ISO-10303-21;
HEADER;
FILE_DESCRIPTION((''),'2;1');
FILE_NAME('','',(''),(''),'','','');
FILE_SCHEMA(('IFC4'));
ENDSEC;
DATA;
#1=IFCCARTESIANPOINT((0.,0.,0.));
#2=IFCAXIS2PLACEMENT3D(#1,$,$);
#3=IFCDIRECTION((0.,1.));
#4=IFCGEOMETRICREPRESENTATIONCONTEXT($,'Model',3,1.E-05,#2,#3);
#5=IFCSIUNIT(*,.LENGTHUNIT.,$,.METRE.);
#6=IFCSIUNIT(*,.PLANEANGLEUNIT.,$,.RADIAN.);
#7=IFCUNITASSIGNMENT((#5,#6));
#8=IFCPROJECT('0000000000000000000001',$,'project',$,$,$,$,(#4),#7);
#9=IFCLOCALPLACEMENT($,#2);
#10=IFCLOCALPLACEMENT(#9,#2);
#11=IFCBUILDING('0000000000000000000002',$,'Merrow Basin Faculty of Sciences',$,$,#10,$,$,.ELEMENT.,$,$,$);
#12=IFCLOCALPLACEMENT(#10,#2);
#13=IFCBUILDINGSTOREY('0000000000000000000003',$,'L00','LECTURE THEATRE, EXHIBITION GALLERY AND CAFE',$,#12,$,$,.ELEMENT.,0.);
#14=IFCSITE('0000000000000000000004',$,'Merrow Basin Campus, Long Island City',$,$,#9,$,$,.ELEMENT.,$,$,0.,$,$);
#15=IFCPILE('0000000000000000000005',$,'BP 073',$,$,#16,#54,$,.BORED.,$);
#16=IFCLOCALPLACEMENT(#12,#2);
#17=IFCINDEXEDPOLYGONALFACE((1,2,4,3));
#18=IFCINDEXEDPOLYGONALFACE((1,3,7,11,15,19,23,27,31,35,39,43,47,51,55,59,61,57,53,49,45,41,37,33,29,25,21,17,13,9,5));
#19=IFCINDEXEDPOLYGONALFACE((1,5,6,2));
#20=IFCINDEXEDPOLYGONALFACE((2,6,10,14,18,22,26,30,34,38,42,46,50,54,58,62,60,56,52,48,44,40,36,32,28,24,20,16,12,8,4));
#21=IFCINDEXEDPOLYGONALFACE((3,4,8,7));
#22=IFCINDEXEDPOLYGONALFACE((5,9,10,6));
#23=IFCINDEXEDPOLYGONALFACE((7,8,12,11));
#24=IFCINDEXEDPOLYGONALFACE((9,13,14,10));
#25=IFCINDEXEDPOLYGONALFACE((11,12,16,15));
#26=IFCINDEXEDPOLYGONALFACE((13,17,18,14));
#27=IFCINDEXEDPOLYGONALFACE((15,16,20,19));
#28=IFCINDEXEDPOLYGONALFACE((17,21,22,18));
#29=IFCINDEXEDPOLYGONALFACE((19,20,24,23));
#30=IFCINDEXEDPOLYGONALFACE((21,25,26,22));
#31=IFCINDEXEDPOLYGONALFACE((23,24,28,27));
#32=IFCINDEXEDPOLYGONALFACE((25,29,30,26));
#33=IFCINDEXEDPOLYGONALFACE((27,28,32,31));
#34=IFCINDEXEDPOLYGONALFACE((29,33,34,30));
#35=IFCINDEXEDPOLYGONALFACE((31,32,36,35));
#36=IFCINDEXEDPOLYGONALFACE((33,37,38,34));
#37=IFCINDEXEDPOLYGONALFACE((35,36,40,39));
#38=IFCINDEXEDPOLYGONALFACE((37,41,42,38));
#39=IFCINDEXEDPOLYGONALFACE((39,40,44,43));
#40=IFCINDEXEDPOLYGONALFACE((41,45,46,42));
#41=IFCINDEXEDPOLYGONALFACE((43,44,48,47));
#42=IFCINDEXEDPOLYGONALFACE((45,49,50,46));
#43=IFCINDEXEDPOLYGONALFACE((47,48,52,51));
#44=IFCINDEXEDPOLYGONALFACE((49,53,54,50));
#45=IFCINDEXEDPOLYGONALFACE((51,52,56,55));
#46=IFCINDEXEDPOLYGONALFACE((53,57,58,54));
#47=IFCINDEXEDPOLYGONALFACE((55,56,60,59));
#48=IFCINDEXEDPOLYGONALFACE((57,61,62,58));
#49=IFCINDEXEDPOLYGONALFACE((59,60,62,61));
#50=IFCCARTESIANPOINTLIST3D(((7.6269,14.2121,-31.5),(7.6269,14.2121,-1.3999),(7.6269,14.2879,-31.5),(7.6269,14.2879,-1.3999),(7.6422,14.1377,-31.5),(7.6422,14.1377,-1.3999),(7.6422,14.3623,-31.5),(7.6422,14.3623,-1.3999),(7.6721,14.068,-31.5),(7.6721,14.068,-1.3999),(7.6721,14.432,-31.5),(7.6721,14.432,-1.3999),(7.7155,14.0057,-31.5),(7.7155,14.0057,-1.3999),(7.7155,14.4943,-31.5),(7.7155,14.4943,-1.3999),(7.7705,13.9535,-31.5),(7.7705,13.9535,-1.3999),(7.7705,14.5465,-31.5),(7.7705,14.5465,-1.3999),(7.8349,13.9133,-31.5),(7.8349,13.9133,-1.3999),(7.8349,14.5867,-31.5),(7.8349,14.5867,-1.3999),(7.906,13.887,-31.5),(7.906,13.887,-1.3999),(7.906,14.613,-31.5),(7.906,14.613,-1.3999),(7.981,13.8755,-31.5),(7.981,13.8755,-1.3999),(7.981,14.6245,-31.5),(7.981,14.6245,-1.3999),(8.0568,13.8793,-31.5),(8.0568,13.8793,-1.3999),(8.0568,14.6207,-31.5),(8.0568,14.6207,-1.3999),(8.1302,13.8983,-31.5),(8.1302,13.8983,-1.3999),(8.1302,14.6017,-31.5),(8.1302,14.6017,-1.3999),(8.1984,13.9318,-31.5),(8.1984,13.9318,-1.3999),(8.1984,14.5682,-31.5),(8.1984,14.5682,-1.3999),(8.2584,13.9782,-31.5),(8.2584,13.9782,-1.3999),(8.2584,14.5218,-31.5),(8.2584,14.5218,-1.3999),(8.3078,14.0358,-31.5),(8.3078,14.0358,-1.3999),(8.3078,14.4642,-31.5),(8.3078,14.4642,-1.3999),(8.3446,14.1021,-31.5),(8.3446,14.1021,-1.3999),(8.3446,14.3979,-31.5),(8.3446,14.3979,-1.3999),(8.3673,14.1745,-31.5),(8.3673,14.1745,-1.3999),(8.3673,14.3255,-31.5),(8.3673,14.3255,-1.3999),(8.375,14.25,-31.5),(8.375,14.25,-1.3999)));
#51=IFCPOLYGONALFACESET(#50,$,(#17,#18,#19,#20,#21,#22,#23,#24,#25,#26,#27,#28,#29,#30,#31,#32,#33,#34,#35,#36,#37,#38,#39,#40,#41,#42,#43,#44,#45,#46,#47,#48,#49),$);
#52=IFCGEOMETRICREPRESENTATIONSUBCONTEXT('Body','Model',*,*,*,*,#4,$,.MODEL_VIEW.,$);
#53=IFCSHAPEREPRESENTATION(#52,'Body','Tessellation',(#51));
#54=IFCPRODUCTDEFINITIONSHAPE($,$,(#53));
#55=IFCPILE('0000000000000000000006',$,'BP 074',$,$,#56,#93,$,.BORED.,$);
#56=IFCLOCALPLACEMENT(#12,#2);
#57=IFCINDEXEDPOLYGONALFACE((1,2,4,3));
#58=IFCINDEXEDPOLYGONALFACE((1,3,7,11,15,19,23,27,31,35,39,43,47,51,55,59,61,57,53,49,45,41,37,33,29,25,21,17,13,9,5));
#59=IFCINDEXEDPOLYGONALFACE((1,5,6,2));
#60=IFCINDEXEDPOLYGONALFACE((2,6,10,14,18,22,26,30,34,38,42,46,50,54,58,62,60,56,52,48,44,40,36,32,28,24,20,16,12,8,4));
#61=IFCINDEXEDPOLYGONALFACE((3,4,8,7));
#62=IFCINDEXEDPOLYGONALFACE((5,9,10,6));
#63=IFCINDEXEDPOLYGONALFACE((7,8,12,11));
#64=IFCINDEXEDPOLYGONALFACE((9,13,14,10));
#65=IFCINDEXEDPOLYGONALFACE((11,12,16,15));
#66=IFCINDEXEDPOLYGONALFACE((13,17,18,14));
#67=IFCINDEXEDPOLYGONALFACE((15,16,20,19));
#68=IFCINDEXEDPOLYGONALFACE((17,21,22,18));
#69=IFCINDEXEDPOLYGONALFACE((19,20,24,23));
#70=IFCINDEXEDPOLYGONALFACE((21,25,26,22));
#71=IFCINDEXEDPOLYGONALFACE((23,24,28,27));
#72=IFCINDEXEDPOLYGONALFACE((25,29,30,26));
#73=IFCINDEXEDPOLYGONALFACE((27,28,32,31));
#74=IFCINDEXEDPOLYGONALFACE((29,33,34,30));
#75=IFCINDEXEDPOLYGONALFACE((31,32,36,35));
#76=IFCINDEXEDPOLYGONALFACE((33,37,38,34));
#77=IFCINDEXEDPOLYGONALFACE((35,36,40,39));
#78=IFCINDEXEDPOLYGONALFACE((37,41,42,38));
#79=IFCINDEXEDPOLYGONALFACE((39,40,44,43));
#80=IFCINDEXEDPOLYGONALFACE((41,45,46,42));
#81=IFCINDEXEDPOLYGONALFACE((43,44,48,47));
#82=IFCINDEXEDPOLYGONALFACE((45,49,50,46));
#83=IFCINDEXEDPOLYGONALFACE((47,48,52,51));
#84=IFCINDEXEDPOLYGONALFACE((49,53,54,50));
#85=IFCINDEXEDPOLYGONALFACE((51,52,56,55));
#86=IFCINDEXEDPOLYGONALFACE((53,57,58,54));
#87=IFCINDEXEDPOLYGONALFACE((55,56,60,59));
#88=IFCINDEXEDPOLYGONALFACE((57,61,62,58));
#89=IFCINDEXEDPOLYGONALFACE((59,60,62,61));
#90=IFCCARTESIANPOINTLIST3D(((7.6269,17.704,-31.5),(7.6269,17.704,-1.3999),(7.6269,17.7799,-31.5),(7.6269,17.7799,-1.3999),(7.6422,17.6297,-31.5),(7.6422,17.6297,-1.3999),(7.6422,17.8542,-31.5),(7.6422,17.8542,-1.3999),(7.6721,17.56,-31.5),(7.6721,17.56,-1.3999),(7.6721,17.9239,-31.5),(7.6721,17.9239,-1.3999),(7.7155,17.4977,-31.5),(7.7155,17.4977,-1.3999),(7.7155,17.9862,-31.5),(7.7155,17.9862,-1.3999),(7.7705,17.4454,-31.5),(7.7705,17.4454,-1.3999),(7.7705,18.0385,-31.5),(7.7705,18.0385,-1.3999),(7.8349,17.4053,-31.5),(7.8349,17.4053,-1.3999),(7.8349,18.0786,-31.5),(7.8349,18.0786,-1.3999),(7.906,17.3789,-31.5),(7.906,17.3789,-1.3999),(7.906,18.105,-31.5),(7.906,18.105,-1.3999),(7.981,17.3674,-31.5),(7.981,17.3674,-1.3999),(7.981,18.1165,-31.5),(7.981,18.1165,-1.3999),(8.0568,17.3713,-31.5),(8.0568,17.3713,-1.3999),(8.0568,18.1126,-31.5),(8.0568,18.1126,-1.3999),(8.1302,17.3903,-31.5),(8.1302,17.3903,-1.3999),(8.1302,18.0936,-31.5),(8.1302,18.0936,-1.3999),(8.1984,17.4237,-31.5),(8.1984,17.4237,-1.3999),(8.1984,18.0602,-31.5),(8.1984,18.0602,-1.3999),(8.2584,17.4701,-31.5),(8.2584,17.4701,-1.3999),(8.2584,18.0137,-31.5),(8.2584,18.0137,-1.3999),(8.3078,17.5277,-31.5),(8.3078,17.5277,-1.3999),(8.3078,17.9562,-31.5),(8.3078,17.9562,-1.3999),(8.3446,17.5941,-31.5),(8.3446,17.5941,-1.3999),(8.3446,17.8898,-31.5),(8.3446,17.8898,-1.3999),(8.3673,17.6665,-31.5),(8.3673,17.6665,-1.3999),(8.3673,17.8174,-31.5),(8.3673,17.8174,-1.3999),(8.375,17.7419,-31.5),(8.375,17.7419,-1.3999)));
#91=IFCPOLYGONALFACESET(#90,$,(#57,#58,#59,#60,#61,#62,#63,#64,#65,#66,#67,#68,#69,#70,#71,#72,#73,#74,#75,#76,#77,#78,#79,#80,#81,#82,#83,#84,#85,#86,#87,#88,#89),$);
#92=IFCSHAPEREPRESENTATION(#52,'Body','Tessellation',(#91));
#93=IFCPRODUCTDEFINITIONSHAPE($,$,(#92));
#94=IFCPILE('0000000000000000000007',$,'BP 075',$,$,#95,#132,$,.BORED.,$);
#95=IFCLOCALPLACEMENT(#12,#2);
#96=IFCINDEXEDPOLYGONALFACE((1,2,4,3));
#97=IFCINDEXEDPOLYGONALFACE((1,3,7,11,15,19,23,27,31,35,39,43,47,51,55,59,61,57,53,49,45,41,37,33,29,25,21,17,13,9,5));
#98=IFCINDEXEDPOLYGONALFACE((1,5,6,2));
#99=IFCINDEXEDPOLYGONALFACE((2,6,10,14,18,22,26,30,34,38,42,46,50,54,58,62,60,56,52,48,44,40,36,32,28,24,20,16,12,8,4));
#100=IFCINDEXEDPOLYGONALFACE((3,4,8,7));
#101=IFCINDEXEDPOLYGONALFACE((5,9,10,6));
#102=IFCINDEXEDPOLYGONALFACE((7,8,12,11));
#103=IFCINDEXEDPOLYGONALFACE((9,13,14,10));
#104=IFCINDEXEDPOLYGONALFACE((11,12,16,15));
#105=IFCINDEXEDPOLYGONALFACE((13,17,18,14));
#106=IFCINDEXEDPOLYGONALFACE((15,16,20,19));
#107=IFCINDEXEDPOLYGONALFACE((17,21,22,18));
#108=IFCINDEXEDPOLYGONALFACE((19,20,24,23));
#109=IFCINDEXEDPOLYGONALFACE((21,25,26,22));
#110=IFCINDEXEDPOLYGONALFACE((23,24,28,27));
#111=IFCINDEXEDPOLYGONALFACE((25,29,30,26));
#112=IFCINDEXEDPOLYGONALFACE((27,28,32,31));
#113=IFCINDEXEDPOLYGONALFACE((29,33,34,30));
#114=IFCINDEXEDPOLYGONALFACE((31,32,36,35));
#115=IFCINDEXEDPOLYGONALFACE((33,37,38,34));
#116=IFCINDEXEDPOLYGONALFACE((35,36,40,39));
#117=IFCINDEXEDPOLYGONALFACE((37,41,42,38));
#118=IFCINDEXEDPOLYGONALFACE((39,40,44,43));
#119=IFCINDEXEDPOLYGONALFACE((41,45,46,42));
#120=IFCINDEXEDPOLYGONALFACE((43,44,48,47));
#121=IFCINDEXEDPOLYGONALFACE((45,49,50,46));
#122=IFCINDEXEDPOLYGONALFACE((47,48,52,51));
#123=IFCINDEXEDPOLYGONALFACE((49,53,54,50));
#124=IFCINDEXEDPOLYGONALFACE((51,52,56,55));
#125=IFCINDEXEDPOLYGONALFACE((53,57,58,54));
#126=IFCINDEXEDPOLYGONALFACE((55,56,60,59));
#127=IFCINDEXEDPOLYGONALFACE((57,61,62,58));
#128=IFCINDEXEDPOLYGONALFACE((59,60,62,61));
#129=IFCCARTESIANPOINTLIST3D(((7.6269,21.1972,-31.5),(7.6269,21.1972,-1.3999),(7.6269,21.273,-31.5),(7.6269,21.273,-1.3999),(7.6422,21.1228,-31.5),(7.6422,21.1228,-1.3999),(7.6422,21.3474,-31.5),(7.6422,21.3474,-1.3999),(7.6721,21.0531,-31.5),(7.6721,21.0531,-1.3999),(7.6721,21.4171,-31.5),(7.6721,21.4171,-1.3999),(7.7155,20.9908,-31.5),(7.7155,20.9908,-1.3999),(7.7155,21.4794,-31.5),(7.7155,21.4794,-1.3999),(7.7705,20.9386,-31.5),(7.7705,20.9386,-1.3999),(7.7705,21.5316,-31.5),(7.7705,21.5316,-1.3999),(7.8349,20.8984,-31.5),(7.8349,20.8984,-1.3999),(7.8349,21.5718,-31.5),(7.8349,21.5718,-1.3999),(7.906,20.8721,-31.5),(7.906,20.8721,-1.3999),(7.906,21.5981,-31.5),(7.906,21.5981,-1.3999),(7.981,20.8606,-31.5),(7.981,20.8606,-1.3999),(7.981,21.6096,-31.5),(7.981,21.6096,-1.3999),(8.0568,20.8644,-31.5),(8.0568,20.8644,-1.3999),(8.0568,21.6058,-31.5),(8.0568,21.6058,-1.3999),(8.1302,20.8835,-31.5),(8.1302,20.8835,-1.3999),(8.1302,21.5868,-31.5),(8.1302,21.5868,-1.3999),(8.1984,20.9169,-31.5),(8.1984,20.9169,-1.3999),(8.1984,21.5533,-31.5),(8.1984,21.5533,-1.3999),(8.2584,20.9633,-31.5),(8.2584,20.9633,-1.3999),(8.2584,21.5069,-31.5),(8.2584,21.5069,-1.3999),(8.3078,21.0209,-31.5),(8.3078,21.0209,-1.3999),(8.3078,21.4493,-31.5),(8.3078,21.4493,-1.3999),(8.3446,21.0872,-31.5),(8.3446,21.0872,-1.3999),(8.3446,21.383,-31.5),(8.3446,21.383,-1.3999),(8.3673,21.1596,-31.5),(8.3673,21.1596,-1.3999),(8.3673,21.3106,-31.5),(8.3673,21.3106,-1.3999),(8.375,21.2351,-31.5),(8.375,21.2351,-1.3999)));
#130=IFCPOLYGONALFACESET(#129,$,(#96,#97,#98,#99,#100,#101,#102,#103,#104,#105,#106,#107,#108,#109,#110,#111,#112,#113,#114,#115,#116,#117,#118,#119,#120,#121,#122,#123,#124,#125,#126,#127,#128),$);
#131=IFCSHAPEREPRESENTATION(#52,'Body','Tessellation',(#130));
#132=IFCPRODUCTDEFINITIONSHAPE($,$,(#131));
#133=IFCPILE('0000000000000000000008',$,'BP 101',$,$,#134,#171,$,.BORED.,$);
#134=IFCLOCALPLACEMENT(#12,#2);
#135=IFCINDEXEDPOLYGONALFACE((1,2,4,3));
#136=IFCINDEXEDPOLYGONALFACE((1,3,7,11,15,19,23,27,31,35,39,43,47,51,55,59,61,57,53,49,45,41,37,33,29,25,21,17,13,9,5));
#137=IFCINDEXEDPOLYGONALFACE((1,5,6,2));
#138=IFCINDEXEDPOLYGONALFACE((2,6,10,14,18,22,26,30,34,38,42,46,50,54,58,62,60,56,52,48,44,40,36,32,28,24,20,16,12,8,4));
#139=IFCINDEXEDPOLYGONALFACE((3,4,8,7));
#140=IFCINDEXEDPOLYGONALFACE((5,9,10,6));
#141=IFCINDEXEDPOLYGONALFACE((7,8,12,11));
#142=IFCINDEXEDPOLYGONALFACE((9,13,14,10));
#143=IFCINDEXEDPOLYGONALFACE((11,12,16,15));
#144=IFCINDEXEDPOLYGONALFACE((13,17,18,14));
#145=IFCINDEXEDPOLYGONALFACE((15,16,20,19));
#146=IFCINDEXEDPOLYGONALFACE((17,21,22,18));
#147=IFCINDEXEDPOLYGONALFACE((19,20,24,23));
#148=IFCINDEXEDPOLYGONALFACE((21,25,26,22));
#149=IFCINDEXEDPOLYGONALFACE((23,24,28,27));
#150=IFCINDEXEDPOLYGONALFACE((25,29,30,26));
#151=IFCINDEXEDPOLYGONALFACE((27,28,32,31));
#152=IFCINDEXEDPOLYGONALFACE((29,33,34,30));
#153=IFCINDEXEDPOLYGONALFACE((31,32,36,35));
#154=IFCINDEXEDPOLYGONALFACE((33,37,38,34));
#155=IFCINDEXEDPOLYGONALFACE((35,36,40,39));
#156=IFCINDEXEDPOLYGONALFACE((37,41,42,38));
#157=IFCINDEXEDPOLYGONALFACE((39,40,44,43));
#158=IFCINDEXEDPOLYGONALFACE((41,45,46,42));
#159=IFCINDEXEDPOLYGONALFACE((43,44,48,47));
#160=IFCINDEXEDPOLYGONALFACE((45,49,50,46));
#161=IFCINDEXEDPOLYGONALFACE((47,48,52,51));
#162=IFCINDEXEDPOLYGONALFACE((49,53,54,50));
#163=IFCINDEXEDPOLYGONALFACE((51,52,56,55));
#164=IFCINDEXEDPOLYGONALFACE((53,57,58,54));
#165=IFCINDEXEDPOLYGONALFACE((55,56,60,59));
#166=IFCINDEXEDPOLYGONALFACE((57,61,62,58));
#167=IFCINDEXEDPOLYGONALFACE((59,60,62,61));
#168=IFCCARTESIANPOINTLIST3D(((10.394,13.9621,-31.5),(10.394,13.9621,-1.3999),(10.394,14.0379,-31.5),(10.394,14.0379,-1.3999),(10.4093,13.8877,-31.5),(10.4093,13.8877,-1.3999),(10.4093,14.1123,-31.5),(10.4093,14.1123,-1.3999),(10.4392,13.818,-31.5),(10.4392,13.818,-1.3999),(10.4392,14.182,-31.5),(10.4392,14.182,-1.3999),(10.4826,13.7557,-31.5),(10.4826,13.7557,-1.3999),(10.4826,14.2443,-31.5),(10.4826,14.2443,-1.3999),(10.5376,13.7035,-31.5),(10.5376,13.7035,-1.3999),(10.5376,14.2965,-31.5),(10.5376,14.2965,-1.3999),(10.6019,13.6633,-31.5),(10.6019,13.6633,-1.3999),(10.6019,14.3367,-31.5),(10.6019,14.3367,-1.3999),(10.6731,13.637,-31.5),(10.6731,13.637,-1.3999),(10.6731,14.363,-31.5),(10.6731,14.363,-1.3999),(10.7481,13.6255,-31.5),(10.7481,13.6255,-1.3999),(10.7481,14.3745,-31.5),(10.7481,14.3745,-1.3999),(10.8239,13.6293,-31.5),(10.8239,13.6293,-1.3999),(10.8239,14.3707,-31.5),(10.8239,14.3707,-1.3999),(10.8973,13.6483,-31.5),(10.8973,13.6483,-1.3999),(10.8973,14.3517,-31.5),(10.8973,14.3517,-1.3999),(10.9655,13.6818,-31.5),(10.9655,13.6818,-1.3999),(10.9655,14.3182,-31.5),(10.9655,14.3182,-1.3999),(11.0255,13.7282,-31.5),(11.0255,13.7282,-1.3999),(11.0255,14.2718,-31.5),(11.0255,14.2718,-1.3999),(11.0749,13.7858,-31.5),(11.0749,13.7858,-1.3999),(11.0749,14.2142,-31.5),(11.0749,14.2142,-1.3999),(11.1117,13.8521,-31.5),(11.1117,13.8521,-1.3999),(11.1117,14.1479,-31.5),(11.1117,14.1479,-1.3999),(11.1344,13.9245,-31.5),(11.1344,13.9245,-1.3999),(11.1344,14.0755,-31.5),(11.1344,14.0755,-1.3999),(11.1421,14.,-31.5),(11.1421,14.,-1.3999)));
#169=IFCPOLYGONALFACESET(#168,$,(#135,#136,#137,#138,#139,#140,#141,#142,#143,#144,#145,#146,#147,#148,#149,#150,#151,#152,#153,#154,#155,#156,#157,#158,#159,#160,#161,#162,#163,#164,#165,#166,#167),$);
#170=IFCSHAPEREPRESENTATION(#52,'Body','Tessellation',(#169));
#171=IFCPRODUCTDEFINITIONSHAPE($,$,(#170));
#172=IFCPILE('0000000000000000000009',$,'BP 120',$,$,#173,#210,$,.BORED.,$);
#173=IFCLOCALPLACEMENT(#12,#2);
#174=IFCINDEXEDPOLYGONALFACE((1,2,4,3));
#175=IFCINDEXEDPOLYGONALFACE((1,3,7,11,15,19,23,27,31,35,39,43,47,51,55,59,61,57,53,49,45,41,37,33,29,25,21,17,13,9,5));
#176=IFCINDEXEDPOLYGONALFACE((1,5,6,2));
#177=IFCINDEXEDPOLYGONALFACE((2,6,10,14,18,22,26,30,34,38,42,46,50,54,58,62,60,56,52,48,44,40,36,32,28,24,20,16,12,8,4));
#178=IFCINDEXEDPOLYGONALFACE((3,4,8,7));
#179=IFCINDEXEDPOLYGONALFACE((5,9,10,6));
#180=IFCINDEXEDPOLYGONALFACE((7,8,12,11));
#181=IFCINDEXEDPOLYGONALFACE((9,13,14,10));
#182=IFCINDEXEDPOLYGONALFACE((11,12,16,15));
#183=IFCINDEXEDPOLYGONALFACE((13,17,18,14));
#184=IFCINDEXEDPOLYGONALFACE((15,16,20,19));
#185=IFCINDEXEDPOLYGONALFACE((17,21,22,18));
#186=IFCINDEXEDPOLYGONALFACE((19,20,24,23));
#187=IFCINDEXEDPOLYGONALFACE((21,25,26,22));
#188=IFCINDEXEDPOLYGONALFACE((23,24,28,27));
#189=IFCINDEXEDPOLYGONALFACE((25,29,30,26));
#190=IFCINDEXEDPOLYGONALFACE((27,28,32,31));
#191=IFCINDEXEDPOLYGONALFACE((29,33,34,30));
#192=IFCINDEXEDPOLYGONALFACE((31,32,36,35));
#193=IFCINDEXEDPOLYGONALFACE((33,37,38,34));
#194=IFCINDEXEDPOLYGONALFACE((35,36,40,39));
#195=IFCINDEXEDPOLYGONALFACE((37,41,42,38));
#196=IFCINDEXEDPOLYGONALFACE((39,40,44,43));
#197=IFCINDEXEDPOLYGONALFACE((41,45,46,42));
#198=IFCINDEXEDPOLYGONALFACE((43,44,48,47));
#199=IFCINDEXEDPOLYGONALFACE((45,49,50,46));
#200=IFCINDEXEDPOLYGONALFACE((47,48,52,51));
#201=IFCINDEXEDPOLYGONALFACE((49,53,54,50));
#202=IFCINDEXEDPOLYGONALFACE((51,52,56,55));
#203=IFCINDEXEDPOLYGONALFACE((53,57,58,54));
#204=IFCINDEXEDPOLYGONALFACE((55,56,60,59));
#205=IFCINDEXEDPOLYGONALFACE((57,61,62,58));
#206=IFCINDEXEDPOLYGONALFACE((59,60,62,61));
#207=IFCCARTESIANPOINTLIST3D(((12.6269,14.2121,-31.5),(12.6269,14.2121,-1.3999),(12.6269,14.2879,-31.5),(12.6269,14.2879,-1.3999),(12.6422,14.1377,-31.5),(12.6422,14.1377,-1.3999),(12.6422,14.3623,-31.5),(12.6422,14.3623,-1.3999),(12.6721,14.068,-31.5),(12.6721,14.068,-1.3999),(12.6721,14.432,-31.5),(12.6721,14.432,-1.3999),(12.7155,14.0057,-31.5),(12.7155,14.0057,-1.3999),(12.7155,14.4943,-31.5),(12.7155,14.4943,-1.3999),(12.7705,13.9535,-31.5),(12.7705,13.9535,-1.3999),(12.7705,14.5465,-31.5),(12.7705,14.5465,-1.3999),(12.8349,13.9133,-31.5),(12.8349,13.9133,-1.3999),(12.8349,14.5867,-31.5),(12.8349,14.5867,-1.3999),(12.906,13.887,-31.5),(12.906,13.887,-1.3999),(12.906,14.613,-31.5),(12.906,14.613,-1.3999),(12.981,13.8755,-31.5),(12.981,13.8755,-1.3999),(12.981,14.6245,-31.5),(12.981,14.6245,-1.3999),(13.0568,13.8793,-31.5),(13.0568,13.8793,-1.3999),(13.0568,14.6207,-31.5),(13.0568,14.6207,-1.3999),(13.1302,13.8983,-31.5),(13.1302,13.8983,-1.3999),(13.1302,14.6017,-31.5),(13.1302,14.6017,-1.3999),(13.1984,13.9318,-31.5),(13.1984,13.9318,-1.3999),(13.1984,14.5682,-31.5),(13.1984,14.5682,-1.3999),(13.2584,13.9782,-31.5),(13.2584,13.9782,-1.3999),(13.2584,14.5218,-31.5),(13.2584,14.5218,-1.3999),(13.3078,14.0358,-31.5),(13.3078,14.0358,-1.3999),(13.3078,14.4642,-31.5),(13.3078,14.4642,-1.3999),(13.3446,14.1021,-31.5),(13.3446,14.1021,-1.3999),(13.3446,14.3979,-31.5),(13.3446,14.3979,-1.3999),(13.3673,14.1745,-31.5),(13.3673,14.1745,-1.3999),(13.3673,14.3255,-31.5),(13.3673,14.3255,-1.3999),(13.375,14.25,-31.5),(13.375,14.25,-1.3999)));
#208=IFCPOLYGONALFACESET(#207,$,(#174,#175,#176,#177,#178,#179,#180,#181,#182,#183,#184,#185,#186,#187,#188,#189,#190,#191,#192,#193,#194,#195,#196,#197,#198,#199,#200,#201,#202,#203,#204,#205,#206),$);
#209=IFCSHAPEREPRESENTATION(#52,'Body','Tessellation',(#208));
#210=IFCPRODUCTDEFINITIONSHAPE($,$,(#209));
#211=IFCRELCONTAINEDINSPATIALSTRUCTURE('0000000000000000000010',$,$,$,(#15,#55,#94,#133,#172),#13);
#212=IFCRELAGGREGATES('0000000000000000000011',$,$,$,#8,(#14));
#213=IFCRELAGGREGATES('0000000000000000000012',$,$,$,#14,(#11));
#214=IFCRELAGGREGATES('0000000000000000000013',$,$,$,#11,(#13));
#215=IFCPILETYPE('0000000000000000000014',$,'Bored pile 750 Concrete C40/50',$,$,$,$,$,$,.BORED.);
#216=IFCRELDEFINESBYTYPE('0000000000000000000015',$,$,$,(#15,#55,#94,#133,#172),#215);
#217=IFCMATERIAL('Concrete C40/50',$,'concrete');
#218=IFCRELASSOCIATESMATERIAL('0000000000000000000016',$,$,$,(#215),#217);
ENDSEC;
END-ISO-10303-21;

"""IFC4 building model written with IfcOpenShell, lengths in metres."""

from ifc_helpers import new_model, si_unit, direction, frame, origin, origin_2d, place, context, subcontext, project, spatial, circle, extrude, material, material_profile, profile_set, type_object, element, save


model = new_model("IFC4")

# Units and contexts
model_context = context("Model", 3, precision=1e-05, world=origin(), true_north=direction((0.0, 1.0)))
body_context = subcontext(model_context, "Body", "Model", "MODEL_VIEW")
ifc_project = project(units=[si_unit("LENGTHUNIT", "METRE"), si_unit("PLANEANGLEUNIT", "RADIAN")], contexts=[model_context])

# Site, building, storey
site_placement = place(None, origin())
site = spatial("IfcSite", under=ifc_project, at=site_placement, Name="Merrow Basin Campus, Long Island City", CompositionType="ELEMENT", RefElevation=0.0)
building_placement = place(site_placement, origin())
building = spatial("IfcBuilding", under=site, at=building_placement, Name="Merrow Basin Faculty of Sciences", CompositionType="ELEMENT")
storey_placement = place(building_placement, origin())
storey = spatial("IfcBuildingStorey", under=building, at=storey_placement, Name="L00", Description="LECTURE THEATRE, EXHIBITION GALLERY AND CAFE", CompositionType="ELEMENT", Elevation=0.0)

# Piles
ifc_material_1 = material(Name="Concrete C40/50", Category="concrete")
ifc_material_profile_1 = material_profile(ifc_material_1, circle(Radius=0.375, at=origin_2d()))
ifc_profile_set_1 = profile_set([ifc_material_profile_1], Name="Concrete C40/50")
pile_type_1 = type_object("IfcPileType", Name="Bored pile 750 Concrete C40/50", PredefinedType="BORED", material=ifc_profile_set_1)
for number, where, z_axis, x_axis, name in (
    (1, (8.0, 14.25, -1.3999), (0.0, 0.0, -1.0), (1.0, 0.0, 0.0), "BP 073"),
    (2, (8.0, 17.7419, -1.3999), (0.0, 0.0, -1.0), (1.0, 0.0, 0.0), "BP 074"),
    (3, (8.0, 21.2351, -1.3999), (0.0, 0.0, -1.0), (1.0, 0.0, 0.0), "BP 075"),
    (4, (10.7671, 14.0, -1.3999), (0.0, 0.0, -1.0), (1.0, 0.0, 0.0), "BP 101"),
    (5, (13.0, 14.25, -1.3999), (0.0, 0.0, -1.0), (1.0, 0.0, 0.0), "BP 120"),
):
    element("IfcPile", number, at=place(storey_placement, frame(where, z_axis=z_axis, x_axis=x_axis)), inside=storey, type_object=pile_type_1, Name=name, PredefinedType="BORED", context=body_context, shape_type="SweptSolid", body=[
        extrude(circle(Radius=0.375, at=origin_2d()), origin(), (0.0, 0.0, 1.0), 30.1001),
    ])

save(model, "model.ifc")
